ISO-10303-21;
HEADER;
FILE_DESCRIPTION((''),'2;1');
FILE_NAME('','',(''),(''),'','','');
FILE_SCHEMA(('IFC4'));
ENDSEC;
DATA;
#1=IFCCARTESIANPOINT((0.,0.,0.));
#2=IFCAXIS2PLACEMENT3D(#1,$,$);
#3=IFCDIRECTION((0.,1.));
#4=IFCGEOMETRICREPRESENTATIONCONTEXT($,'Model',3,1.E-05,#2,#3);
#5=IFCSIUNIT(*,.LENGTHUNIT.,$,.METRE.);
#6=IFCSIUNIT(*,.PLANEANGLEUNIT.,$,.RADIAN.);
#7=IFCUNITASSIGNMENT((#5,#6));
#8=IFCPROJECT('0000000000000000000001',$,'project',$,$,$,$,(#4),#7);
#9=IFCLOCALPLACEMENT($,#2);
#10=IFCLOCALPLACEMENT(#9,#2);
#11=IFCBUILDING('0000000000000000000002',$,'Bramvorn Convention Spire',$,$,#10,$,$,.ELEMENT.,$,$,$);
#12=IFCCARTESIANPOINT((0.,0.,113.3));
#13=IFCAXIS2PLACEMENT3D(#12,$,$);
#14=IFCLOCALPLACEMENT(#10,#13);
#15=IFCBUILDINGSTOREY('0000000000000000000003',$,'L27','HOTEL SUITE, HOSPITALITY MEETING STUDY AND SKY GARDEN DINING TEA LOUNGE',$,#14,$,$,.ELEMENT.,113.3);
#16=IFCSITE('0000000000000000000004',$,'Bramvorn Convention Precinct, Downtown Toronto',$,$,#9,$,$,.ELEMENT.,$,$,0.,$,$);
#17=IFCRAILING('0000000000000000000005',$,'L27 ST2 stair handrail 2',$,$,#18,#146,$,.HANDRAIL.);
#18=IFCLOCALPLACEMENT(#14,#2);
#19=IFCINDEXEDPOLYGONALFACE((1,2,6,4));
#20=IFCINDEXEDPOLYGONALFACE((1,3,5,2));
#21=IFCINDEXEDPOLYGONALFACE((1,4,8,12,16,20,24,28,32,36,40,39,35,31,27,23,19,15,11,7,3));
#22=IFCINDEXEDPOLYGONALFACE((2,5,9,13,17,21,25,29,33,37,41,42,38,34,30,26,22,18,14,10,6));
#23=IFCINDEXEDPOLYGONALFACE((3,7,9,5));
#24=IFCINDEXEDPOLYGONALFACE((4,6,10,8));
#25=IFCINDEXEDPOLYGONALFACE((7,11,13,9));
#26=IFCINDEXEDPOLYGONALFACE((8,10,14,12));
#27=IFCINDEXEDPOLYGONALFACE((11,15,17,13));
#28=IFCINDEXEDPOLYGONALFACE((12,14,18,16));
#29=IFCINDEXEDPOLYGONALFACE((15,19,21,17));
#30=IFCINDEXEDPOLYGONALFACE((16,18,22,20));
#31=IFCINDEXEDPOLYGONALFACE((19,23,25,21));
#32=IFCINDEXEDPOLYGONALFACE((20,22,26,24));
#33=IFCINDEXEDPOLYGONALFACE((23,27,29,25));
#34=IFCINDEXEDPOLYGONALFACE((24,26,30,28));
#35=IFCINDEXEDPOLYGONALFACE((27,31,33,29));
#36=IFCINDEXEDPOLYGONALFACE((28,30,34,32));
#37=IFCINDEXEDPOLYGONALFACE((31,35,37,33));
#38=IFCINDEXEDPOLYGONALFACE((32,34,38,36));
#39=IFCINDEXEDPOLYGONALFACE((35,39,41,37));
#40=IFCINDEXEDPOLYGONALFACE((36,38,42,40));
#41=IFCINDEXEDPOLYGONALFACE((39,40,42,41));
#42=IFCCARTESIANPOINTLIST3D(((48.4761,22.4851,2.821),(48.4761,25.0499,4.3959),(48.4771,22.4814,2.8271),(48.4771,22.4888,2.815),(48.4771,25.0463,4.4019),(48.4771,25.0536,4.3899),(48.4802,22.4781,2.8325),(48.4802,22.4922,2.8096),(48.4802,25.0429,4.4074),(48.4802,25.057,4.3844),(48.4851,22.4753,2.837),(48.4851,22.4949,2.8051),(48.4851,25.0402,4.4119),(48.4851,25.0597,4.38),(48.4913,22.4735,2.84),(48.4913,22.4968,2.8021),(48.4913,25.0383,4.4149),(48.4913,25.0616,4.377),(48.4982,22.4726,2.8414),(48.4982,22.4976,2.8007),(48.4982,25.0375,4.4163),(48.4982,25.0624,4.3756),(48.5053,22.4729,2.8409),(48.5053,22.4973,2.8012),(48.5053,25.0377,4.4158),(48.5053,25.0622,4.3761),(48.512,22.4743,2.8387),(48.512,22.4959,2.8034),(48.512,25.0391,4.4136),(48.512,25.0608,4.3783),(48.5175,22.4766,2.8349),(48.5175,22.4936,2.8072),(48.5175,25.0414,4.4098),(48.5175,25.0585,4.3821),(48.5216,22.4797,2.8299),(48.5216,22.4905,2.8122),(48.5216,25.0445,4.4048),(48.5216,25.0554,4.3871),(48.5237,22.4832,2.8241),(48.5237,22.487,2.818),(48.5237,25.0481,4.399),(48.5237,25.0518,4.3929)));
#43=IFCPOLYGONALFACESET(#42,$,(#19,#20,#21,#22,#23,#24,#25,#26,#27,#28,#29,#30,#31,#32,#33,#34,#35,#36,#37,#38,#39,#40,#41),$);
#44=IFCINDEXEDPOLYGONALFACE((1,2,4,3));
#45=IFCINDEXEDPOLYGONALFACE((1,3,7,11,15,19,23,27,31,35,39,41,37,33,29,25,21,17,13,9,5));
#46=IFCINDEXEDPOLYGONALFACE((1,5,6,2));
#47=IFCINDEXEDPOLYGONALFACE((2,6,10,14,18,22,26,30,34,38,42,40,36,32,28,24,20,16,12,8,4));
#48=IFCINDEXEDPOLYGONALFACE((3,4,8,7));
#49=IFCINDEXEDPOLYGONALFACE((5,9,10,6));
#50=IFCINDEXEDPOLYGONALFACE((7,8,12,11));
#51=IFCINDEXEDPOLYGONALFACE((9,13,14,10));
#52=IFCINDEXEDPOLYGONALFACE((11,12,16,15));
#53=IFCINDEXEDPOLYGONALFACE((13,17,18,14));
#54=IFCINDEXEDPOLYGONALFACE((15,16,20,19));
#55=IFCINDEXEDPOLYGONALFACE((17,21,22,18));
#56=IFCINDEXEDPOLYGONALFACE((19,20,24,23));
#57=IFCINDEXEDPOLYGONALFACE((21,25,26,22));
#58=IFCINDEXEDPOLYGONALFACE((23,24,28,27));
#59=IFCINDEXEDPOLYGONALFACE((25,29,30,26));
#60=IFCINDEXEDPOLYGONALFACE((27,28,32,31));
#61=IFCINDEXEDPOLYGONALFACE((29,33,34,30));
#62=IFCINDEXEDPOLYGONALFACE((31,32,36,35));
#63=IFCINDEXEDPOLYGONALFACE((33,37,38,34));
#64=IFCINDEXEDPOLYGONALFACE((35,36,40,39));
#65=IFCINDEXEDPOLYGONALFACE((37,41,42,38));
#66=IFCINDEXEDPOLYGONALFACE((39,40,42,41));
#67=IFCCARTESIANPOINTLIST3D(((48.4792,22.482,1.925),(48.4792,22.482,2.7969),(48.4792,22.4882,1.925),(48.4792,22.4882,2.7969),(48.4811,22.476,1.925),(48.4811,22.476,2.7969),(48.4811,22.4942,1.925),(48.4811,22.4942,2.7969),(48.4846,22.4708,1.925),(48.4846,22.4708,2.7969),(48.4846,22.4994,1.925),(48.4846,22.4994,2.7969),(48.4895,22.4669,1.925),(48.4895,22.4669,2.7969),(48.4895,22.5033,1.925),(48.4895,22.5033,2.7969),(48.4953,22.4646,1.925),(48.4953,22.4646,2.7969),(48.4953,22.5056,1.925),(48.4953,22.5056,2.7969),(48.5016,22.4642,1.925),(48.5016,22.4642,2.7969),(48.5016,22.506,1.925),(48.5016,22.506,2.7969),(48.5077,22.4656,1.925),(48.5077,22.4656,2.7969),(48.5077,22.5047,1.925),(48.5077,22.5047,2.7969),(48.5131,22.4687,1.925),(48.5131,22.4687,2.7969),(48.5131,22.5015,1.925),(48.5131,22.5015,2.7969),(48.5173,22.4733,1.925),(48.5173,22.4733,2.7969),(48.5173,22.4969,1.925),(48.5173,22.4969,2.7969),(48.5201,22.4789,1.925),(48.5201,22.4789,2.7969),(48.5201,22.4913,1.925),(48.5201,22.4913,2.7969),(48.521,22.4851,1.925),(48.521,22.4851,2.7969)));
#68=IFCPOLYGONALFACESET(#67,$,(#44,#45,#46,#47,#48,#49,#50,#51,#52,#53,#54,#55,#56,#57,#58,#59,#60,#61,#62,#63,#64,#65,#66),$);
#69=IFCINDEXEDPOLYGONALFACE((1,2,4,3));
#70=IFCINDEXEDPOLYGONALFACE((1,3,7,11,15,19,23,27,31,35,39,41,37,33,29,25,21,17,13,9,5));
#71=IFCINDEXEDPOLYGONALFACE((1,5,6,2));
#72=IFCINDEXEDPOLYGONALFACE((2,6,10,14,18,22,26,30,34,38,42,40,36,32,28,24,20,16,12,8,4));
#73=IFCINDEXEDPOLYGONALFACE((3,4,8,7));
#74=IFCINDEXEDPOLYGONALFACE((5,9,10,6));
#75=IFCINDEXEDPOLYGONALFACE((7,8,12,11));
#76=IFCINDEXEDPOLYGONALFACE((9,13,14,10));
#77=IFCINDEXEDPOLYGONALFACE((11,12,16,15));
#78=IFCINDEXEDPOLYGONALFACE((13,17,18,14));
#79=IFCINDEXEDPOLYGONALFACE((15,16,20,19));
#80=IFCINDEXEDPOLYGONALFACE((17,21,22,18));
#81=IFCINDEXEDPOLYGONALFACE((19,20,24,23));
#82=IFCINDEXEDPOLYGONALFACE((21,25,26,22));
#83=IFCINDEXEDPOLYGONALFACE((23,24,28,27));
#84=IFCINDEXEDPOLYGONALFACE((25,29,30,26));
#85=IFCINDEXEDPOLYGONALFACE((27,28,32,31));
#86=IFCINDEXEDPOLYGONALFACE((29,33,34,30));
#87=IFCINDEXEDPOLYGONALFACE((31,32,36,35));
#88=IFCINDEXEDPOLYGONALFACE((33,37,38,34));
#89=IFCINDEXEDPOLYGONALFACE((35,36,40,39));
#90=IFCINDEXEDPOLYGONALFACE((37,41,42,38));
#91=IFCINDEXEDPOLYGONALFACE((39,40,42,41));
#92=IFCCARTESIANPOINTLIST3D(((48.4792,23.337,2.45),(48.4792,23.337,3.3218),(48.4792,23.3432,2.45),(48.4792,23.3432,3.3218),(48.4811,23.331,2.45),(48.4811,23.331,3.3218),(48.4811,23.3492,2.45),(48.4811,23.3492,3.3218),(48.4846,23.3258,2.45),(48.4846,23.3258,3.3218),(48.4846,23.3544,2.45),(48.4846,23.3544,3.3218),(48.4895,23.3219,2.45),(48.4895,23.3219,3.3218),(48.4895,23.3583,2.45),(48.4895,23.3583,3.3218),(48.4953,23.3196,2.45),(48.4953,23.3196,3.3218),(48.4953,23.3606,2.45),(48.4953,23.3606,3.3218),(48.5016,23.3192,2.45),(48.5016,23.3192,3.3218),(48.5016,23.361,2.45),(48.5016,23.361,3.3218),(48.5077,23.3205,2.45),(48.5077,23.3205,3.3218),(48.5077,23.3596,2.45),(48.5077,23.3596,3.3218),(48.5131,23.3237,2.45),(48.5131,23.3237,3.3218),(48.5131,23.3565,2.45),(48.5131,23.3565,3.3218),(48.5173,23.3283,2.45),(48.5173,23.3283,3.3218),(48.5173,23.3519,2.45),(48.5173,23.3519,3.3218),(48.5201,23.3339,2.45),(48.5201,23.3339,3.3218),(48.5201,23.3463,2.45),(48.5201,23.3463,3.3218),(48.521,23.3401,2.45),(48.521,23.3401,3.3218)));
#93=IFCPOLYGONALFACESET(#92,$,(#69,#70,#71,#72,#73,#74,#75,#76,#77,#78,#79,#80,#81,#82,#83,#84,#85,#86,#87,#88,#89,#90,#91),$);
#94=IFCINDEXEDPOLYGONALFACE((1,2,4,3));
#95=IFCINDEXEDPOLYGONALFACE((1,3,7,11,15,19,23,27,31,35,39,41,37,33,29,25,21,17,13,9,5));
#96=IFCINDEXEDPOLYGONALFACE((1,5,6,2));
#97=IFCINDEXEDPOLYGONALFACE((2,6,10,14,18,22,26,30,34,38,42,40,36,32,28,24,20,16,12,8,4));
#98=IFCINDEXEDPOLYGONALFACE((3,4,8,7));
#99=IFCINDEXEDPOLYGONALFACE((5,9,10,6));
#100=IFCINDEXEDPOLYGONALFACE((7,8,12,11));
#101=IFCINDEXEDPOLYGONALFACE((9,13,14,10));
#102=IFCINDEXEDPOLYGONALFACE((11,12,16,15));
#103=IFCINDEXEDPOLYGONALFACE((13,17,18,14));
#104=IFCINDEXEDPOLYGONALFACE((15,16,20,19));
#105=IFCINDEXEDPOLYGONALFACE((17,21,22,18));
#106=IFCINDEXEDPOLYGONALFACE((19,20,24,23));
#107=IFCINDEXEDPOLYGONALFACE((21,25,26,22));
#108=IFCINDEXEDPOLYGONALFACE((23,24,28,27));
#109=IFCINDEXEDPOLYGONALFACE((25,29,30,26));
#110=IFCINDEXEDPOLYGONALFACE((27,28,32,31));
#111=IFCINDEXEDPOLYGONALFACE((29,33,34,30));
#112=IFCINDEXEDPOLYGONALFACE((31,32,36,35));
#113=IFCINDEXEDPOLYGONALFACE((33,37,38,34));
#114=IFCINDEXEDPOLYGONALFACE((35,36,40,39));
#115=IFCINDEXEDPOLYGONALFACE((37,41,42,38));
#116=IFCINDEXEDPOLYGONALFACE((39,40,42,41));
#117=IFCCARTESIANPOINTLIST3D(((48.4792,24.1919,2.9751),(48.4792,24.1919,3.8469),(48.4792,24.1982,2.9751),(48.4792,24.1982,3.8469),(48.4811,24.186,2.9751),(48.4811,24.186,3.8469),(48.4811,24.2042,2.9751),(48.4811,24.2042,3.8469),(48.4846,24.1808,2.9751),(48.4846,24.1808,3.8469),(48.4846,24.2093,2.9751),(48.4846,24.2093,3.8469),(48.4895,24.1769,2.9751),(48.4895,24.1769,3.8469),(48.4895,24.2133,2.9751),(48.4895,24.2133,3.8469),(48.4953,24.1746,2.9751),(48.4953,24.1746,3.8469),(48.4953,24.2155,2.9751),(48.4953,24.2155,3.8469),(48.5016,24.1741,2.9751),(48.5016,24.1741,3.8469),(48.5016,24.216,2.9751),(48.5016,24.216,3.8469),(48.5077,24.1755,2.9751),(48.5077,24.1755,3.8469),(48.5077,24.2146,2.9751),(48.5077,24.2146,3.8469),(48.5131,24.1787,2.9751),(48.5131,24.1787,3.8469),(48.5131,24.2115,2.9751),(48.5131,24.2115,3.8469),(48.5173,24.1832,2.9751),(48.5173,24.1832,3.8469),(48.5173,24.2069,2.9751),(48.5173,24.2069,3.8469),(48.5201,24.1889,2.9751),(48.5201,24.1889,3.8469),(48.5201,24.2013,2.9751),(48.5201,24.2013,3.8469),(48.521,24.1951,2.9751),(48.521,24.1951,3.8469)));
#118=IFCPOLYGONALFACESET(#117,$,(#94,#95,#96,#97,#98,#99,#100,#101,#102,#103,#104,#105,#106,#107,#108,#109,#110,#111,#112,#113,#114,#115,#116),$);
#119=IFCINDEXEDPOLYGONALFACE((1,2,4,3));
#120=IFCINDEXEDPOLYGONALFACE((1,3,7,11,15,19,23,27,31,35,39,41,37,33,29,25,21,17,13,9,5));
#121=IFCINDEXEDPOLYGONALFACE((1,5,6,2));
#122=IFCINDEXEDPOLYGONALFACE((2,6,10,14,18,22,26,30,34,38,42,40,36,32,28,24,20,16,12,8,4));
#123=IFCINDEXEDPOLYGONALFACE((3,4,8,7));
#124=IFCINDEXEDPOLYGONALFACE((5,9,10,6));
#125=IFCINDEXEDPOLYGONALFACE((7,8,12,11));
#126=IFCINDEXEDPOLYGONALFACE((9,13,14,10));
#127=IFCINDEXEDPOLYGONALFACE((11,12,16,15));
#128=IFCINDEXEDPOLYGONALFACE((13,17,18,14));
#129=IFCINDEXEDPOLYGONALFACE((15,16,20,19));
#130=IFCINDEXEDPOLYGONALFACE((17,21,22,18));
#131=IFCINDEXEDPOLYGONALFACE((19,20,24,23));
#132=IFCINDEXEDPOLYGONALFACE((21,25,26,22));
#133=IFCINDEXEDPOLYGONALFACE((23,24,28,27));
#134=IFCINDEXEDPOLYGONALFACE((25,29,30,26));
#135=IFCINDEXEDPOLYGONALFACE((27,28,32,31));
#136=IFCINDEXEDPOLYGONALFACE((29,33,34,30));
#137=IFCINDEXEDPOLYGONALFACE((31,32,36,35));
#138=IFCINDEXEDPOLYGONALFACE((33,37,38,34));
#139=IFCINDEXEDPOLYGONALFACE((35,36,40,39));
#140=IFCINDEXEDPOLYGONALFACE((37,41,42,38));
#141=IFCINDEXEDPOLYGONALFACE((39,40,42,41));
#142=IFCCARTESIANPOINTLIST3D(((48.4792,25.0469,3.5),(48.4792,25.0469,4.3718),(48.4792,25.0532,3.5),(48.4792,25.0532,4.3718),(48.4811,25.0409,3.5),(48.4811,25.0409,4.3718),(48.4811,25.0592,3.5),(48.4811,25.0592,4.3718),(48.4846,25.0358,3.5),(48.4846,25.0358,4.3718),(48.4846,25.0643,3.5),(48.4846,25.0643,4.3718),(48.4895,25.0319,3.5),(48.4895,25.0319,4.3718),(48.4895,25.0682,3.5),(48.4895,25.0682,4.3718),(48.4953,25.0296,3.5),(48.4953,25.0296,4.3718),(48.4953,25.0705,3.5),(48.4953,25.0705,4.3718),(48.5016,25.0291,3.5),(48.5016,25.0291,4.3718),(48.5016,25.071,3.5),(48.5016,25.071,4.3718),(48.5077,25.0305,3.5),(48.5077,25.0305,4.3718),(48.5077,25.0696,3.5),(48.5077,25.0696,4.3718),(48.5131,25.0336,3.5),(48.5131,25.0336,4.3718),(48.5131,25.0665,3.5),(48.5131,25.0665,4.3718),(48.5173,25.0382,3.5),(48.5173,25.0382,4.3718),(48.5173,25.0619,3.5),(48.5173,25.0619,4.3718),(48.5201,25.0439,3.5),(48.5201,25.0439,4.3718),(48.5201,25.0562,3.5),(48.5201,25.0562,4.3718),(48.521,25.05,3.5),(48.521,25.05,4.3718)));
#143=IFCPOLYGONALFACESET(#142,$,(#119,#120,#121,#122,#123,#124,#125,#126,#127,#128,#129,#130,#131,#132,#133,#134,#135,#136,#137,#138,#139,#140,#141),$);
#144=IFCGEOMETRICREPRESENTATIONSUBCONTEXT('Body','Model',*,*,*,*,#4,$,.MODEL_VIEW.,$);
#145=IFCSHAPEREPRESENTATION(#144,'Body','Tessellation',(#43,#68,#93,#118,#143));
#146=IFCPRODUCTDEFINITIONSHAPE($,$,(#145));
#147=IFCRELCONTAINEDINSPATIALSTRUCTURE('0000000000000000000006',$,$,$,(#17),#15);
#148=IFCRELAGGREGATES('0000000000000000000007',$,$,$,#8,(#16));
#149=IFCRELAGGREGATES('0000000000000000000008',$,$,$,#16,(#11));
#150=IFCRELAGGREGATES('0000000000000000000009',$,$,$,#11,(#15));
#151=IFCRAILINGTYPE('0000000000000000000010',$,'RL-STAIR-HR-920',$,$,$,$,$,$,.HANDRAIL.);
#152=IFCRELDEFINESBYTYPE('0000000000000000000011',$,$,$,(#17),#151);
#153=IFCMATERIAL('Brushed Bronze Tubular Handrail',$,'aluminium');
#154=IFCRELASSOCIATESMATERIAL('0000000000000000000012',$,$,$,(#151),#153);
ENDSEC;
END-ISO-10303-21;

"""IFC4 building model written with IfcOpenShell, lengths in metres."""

from ifc_helpers import new_model, si_unit, direction, frame, origin, origin_2d, place, context, subcontext, project, spatial, circle, extrude, material, type_object, element, save


model = new_model("IFC4")

# Units and contexts
model_context = context("Model", 3, precision=1e-05, world=origin(), true_north=direction((0.0, 1.0)))
body_context = subcontext(model_context, "Body", "Model", "MODEL_VIEW")
ifc_project = project(units=[si_unit("LENGTHUNIT", "METRE"), si_unit("PLANEANGLEUNIT", "RADIAN")], contexts=[model_context])

# Site, building, storey
site_placement = place(None, origin())
site = spatial("IfcSite", under=ifc_project, at=site_placement, Name="Bramvorn Convention Precinct, Downtown Toronto", CompositionType="ELEMENT", RefElevation=0.0)
building_placement = place(site_placement, origin())
building = spatial("IfcBuilding", under=site, at=building_placement, Name="Bramvorn Convention Spire", CompositionType="ELEMENT")
storey_placement = place(building_placement, frame((0.0, 0.0, 113.3)))
storey = spatial("IfcBuildingStorey", under=building, at=storey_placement, Name="L27", Description="HOTEL SUITE, HOSPITALITY MEETING STUDY AND SKY GARDEN DINING TEA LOUNGE", CompositionType="ELEMENT", Elevation=113.3)

# Railing
ifc_material_1 = material(Name="Brushed Bronze Tubular Handrail", Category="aluminium")
railing_type_1 = type_object("IfcRailingType", Name="RL-STAIR-HR-920", PredefinedType="HANDRAIL", material=ifc_material_1)
railing_1_placement = place(storey_placement, frame((48.5, 22.4851, 1.925)))
element("IfcRailing", 1, at=railing_1_placement, inside=storey, type_object=railing_type_1, Name="L27 ST2 stair handrail 2", PredefinedType="HANDRAIL", context=body_context, shape_type="SweptSolid", body=[
    extrude(circle(Radius=0.0239, at=origin_2d()), frame((0.0, 0.0, 0.896), z_axis=(0.0, 0.852173, 0.52326), x_axis=(-1.0, 0.0, 0.0)), (0.0, 0.0, 1.0), 3.0098),
    extrude(circle(Radius=0.021, at=origin_2d()), origin(), (0.0, 0.0, 1.0), 0.8718),
    extrude(circle(Radius=0.021, at=origin_2d()), frame((0.0, 0.855, 0.5249)), (0.0, 0.0, 1.0), 0.8718),
    extrude(circle(Radius=0.021, at=origin_2d()), frame((0.0, 1.71, 1.05)), (0.0, 0.0, 1.0), 0.8718),
    extrude(circle(Radius=0.021, at=origin_2d()), frame((0.0, 2.5649, 1.575)), (0.0, 0.0, 1.0), 0.8718),
])

save(model, "model.ifc")
